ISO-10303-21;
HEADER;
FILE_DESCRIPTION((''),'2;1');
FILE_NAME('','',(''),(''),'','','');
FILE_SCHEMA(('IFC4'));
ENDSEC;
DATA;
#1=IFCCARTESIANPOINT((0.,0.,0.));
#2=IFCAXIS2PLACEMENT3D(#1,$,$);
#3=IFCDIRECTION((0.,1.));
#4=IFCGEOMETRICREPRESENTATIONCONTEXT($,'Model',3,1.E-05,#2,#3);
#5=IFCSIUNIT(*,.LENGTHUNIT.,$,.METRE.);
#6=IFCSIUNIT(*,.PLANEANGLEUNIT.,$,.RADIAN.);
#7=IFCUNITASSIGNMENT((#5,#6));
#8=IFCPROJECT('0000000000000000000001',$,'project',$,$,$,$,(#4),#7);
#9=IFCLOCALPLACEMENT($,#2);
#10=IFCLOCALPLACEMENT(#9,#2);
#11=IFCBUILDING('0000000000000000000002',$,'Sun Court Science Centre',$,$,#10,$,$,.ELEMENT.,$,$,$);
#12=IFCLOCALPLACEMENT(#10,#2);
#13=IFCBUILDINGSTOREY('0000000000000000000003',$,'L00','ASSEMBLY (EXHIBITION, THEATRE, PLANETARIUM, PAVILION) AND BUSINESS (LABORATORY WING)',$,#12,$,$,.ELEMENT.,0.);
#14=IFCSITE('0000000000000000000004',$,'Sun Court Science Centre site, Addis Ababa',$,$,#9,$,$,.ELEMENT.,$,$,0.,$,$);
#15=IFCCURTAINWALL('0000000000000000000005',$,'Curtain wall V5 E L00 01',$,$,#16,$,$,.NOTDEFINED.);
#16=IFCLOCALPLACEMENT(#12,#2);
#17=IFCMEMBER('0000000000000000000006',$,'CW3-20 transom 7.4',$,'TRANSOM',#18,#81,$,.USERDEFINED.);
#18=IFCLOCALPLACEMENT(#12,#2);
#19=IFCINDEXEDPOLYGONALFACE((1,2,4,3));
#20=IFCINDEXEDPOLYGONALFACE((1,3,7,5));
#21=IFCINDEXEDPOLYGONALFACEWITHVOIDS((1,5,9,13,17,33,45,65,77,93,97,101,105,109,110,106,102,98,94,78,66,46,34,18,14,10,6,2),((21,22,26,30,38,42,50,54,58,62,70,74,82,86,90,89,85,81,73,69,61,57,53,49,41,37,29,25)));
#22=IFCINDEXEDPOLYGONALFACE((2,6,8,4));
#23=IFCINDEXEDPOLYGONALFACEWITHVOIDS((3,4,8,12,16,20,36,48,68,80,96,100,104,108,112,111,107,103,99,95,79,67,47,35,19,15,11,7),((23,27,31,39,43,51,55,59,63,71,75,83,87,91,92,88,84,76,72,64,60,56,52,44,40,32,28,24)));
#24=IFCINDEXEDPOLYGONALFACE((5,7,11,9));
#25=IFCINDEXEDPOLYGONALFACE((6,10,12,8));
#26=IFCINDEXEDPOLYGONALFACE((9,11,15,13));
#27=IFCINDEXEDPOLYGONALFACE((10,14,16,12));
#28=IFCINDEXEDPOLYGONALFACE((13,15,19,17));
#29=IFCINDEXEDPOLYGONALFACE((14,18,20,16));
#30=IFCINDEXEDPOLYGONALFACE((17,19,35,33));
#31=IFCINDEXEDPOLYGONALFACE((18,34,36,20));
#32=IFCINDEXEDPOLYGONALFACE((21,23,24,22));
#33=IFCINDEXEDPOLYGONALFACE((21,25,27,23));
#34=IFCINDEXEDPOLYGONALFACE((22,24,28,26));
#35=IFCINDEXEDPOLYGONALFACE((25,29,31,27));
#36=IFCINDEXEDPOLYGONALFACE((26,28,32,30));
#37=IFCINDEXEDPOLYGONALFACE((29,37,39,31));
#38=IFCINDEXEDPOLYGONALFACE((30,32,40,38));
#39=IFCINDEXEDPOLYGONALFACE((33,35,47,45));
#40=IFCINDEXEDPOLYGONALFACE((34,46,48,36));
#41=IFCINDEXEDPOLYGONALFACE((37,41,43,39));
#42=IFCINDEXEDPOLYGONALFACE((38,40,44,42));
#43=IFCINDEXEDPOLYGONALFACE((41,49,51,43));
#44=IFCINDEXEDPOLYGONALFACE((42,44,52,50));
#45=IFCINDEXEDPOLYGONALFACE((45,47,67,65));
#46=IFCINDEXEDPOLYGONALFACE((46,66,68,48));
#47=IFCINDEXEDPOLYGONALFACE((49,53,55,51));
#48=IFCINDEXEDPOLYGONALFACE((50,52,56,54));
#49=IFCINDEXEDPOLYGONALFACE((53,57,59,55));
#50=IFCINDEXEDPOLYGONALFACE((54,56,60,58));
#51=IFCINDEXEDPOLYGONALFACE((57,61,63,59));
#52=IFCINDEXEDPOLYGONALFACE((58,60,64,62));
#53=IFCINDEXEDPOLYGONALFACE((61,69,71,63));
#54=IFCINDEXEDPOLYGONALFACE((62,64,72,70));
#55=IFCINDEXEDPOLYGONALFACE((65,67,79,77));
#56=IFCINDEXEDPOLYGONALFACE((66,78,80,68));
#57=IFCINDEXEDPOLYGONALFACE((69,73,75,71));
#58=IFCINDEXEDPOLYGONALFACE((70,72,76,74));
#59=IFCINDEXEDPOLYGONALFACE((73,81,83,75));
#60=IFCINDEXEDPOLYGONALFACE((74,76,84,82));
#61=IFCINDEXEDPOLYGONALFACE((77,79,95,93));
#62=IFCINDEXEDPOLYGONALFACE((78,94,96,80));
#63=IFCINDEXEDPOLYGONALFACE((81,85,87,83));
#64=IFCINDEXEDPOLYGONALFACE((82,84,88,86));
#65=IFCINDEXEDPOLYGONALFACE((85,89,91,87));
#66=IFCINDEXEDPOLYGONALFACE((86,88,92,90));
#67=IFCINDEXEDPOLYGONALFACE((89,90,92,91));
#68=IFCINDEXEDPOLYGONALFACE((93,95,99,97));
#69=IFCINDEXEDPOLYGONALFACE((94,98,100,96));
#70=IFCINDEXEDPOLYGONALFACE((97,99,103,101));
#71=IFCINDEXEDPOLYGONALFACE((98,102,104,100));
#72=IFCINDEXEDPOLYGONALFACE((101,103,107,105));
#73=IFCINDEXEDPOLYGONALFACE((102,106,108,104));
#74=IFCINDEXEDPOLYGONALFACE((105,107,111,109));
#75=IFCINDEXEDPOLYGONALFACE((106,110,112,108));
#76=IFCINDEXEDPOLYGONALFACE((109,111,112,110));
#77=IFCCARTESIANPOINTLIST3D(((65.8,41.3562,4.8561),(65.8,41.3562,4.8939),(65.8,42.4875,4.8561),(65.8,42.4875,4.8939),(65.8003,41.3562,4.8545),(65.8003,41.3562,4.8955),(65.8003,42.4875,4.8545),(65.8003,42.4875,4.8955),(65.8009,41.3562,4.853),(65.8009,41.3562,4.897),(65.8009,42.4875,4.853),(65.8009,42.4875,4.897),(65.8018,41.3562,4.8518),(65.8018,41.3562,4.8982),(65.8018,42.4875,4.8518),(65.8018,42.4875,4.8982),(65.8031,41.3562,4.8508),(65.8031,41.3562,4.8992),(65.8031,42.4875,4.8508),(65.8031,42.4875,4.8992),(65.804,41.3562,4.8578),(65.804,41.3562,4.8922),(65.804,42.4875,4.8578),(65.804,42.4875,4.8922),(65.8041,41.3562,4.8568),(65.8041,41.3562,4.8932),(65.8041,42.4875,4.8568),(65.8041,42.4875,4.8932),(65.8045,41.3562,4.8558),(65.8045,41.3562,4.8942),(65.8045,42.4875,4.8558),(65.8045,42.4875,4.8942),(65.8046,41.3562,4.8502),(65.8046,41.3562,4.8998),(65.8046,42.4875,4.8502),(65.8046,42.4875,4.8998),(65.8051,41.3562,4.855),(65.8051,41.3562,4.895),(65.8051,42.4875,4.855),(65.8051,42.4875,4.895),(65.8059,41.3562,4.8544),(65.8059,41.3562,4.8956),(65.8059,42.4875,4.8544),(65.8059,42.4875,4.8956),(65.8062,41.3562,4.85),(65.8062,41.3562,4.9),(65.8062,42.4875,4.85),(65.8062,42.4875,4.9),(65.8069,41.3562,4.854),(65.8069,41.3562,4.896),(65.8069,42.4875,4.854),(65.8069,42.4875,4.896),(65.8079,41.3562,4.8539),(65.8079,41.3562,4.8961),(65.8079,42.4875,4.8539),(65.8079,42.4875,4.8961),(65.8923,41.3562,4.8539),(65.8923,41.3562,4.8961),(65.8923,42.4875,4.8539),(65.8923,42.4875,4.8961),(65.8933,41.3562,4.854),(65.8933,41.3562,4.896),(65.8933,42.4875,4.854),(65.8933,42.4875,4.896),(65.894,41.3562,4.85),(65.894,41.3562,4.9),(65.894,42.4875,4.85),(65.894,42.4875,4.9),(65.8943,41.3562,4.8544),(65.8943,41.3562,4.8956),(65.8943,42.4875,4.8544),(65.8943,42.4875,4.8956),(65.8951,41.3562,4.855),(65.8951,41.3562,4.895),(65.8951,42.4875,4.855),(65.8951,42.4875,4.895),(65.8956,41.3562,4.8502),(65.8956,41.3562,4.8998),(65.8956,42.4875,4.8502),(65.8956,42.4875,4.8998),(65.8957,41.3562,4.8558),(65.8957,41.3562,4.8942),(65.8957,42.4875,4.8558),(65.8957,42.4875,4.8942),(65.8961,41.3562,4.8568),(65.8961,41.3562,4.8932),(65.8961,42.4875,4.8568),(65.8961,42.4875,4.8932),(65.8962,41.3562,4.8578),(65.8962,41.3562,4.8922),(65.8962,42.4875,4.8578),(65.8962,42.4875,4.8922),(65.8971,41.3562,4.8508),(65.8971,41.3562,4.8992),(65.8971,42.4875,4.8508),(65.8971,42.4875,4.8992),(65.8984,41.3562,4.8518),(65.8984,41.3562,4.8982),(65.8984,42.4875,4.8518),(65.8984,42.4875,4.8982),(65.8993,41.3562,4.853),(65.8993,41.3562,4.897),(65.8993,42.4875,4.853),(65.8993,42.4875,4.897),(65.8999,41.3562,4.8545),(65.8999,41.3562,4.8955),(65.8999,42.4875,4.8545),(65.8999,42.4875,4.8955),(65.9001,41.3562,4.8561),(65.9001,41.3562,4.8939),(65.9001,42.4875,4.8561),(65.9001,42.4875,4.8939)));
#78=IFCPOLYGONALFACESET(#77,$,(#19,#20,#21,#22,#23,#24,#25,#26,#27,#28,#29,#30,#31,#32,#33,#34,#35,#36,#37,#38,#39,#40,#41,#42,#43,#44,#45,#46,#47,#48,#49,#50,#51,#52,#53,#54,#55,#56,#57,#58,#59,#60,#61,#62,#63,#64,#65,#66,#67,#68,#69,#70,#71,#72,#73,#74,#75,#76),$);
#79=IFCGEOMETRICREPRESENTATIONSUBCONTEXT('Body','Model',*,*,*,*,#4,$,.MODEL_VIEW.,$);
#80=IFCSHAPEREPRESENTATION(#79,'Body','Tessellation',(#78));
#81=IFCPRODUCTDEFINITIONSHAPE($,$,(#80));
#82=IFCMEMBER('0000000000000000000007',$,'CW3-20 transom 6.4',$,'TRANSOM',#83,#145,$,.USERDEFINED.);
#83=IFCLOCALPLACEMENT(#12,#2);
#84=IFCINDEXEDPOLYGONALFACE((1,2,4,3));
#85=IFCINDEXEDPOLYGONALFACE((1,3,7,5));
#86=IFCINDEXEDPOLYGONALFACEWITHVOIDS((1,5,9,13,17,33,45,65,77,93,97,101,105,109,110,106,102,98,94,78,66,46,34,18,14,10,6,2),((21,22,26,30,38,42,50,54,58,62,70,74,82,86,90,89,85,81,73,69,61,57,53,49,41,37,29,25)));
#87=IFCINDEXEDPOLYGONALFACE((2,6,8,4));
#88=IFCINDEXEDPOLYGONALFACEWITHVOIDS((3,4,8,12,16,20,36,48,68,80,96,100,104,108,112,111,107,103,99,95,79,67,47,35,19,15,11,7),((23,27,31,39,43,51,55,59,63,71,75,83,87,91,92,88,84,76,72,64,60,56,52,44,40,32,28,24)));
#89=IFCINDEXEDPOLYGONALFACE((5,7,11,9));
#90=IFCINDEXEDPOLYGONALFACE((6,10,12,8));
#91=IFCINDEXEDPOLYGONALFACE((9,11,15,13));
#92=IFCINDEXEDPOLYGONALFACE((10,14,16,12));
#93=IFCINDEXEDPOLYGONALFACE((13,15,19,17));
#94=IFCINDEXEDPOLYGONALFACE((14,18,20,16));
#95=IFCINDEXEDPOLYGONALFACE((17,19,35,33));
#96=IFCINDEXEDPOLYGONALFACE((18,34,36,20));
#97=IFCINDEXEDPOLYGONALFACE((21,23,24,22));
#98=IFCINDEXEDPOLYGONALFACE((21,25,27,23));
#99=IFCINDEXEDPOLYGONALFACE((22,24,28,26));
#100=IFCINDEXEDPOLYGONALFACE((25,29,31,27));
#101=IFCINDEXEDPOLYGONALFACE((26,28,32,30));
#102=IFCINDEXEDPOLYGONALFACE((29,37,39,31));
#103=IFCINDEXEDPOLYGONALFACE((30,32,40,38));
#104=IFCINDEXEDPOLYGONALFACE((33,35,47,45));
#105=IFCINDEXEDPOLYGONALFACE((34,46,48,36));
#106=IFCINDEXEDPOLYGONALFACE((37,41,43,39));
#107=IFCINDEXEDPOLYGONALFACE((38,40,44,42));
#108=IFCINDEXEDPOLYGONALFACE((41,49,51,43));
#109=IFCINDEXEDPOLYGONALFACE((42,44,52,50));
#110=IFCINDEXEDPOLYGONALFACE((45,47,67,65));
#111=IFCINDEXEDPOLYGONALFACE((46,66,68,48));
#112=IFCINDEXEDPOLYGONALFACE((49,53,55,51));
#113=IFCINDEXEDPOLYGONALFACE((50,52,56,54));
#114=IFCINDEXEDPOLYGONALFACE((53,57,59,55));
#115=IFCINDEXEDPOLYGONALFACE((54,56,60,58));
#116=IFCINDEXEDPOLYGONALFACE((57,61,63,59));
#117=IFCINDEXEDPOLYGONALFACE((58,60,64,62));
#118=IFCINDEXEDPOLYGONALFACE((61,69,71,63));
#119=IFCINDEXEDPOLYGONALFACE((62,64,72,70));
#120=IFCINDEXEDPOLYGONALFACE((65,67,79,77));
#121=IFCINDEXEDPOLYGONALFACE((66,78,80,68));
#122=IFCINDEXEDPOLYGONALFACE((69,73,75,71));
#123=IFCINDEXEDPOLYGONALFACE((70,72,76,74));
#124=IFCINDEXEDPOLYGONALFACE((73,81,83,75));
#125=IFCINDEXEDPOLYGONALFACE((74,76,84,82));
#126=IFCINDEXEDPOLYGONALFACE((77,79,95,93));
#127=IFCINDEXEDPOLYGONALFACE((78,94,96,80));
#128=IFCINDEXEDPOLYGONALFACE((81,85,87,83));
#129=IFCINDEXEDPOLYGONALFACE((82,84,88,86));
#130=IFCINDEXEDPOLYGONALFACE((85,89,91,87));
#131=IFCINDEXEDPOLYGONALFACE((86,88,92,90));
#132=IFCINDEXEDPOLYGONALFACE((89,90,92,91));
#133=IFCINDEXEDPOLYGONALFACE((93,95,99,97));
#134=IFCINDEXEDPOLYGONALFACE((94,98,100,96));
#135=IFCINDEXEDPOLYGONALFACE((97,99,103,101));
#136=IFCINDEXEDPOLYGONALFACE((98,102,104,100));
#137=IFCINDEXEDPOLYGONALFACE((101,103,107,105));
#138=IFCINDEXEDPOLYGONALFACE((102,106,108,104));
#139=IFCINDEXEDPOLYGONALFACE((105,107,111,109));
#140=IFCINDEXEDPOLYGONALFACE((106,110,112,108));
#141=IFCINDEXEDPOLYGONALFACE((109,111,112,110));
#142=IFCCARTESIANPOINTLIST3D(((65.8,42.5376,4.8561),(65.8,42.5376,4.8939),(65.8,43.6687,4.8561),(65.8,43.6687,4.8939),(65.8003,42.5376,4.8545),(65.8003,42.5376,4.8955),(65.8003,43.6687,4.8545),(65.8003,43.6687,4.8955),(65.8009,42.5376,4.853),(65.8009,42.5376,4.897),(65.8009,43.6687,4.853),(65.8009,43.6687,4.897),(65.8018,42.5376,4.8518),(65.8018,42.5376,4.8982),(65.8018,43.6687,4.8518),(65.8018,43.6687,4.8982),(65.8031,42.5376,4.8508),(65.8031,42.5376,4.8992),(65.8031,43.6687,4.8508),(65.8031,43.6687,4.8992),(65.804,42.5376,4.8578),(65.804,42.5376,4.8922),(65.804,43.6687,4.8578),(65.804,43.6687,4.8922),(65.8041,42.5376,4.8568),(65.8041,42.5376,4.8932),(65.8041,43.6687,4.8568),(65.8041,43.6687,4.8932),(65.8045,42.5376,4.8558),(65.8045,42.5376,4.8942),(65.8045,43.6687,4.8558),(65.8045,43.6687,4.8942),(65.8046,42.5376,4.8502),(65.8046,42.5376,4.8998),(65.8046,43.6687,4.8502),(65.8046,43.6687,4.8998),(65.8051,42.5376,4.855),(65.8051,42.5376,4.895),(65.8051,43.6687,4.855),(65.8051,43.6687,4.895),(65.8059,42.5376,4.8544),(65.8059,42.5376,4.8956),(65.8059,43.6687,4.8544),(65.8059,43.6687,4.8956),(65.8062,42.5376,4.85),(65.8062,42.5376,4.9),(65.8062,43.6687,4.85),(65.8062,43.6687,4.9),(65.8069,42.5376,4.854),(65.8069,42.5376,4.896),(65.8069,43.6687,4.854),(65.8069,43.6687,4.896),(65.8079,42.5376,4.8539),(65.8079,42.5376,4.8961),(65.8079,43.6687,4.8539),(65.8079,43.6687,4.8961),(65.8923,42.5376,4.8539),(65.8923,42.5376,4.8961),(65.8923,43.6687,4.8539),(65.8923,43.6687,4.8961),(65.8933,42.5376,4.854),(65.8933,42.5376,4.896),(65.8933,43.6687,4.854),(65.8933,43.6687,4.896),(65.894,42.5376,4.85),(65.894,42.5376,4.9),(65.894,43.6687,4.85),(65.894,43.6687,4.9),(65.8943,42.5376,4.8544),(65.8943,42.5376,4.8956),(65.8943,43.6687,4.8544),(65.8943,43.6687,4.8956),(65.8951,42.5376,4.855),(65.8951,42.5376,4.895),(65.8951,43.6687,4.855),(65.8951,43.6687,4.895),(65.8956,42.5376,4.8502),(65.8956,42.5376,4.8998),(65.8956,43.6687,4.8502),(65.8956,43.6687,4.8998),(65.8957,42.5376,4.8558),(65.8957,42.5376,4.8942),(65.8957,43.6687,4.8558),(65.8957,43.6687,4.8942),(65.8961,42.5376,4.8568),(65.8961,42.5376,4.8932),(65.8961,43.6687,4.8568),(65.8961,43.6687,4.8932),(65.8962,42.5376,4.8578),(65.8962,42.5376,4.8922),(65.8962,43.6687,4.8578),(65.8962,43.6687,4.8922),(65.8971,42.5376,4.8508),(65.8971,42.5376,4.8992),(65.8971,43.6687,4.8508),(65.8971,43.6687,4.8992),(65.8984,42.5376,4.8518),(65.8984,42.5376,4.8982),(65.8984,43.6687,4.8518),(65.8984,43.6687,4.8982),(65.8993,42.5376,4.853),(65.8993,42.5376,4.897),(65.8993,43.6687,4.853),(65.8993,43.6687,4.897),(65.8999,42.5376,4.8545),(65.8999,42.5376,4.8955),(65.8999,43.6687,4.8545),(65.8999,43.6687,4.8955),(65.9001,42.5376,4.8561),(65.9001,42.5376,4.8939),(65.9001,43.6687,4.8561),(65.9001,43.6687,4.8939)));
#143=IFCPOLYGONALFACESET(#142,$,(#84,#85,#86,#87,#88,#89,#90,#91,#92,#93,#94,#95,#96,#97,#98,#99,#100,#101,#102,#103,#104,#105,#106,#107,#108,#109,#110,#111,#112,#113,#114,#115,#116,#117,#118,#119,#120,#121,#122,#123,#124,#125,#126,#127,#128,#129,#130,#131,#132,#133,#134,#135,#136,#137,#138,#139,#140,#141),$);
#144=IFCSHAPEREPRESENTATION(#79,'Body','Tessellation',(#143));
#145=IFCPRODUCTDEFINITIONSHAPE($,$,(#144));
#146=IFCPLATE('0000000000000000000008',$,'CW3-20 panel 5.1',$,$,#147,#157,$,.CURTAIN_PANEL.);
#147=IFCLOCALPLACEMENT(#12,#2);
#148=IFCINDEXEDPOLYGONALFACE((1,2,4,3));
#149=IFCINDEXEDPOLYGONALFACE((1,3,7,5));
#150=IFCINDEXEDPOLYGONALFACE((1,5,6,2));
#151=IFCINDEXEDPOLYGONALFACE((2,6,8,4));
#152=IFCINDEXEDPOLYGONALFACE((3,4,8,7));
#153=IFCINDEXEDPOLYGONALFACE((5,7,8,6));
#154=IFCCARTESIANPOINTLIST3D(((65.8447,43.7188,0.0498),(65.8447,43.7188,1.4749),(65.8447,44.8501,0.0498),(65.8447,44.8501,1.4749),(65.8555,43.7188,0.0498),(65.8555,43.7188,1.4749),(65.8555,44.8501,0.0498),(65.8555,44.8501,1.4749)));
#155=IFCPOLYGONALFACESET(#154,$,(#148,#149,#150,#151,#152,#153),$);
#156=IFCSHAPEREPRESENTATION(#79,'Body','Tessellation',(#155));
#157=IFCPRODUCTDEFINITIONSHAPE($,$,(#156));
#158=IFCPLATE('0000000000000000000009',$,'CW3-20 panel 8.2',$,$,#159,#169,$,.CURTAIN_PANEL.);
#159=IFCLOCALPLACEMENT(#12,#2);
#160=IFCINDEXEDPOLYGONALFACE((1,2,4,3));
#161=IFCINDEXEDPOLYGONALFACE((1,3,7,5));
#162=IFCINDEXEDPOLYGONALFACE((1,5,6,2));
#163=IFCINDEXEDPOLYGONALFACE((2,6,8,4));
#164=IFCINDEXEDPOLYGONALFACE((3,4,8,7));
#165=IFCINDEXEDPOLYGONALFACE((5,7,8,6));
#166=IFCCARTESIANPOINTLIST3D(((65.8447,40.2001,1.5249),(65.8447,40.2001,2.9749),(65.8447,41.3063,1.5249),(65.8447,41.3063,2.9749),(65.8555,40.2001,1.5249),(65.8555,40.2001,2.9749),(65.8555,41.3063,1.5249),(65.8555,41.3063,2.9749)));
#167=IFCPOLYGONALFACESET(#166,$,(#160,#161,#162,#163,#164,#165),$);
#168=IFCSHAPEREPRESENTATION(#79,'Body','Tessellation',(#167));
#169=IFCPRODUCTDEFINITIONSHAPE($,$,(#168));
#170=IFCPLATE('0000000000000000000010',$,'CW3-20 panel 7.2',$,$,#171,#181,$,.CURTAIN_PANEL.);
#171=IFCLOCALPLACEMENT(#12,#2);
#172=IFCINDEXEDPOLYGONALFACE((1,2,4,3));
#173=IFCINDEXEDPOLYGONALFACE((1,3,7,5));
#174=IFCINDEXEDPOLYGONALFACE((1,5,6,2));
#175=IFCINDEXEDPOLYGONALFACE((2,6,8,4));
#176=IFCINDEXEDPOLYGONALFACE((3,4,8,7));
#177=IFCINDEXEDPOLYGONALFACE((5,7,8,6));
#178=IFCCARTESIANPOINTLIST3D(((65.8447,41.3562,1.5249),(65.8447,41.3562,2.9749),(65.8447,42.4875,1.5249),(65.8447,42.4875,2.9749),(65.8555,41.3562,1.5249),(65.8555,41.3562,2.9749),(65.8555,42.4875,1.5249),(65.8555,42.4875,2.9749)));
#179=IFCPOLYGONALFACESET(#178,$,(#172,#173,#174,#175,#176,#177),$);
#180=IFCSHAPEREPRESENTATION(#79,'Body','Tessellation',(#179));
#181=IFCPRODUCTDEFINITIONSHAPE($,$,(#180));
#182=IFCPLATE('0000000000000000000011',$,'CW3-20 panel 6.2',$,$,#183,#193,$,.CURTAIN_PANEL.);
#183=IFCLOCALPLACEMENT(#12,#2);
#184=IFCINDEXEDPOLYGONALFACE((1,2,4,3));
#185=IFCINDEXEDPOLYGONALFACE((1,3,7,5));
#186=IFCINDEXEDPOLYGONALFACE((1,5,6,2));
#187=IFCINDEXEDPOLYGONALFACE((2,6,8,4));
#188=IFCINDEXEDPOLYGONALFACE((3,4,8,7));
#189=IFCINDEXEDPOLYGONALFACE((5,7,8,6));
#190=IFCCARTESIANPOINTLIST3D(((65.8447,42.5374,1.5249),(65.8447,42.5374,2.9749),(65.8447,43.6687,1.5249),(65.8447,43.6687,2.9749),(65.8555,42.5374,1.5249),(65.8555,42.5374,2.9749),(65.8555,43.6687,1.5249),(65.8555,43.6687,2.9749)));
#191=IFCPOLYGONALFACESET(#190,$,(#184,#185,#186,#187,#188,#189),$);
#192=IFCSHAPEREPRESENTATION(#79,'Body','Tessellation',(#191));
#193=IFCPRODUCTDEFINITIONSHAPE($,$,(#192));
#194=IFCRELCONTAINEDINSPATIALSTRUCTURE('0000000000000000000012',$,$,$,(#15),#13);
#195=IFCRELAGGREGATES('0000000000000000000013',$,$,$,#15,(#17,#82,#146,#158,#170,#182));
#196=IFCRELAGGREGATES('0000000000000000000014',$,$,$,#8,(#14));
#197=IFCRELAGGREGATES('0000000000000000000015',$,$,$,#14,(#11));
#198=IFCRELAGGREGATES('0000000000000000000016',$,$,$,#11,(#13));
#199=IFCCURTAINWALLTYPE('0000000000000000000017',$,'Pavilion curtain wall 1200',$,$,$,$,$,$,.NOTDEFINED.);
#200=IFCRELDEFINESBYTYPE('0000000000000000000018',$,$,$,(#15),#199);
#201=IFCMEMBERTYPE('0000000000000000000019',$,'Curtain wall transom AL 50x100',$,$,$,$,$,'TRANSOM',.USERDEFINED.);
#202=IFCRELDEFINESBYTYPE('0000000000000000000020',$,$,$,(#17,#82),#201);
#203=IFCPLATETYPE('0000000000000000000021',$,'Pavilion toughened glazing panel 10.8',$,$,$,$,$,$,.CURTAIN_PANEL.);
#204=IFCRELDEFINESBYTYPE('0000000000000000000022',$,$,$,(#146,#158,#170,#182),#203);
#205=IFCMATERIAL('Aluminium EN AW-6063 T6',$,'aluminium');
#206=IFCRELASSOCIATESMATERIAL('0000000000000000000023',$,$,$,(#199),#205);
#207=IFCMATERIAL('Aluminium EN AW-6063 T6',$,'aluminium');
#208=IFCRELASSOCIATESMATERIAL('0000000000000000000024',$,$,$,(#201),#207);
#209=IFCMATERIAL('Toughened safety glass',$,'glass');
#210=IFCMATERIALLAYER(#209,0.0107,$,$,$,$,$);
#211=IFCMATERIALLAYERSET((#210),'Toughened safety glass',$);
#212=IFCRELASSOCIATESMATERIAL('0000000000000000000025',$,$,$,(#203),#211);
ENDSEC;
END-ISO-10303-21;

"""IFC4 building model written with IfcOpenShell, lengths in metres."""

from ifc_helpers import new_model, si_unit, direction, frame, origin, origin_2d, place, context, subcontext, project, spatial, rectangle, hollow_rectangle, extrude, material, layer, layer_set, material_profile, profile_set, type_object, element, aggregate, save


model = new_model("IFC4")

# Units and contexts
model_context = context("Model", 3, precision=1e-05, world=origin(), true_north=direction((0.0, 1.0)))
body_context = subcontext(model_context, "Body", "Model", "MODEL_VIEW")
ifc_project = project(units=[si_unit("LENGTHUNIT", "METRE"), si_unit("PLANEANGLEUNIT", "RADIAN")], contexts=[model_context])

# Site, building, storey
site_placement = place(None, origin())
site = spatial("IfcSite", under=ifc_project, at=site_placement, Name="Sun Court Science Centre site, Addis Ababa", CompositionType="ELEMENT", RefElevation=0.0)
building_placement = place(site_placement, origin())
building = spatial("IfcBuilding", under=site, at=building_placement, Name="Sun Court Science Centre", CompositionType="ELEMENT")
storey_placement = place(building_placement, origin())
storey = spatial("IfcBuildingStorey", under=building, at=storey_placement, Name="L00", Description="ASSEMBLY (EXHIBITION, THEATRE, PLANETARIUM, PAVILION) AND BUSINESS (LABORATORY WING)", CompositionType="ELEMENT", Elevation=0.0)

# Curtain wall, members, plates
ifc_material_1 = material(Name="Aluminium EN AW-6063 T6", Category="aluminium")
curtain_wall_type = type_object("IfcCurtainWallType", Name="Pavilion curtain wall 1200", PredefinedType="NOTDEFINED", material=ifc_material_1)
curtain_wall_placement = place(storey_placement, origin())
curtain_wall = element("IfcCurtainWall", 1, at=curtain_wall_placement, inside=storey, type_object=curtain_wall_type, Name="Curtain wall V5 E L00 01", PredefinedType="NOTDEFINED")
ifc_material_2 = material(Name="Aluminium EN AW-6063 T6", Category="aluminium")
ifc_material_profile = material_profile(ifc_material_2, hollow_rectangle(XDim=0.05, YDim=0.1001, WallThickness=0.0039, InnerFilletRadius=0.0039, OuterFilletRadius=0.0061, at=origin_2d()), Name="AL 50x100x4")
ifc_profile_set = profile_set([ifc_material_profile], Name="Aluminium EN AW-6063 T6")
member_type = type_object("IfcMemberType", Name="Curtain wall transom AL 50x100", ElementType="TRANSOM", PredefinedType="USERDEFINED", material=ifc_profile_set)
member_1_placement = place(storey_placement, frame((65.8501, 42.4875, 4.875), z_axis=(0.0, -1.0, 0.0), x_axis=(0.0, 0.0, 1.0)))
member_1 = element("IfcMember", 2, at=member_1_placement, type_object=member_type, Name="CW3-20 transom 7.4", ObjectType="TRANSOM", PredefinedType="USERDEFINED", context=body_context, shape_type="SweptSolid", body=[
    extrude(hollow_rectangle(XDim=0.05, YDim=0.1001, WallThickness=0.0039, InnerFilletRadius=0.0039, OuterFilletRadius=0.0061, at=origin_2d()), origin(), (0.0, 0.0, 1.0), 1.1313),
])
member_2_placement = place(storey_placement, frame((65.8501, 43.6687, 4.875), z_axis=(0.0, -1.0, 0.0), x_axis=(0.0, 0.0, 1.0)))
member_2 = element("IfcMember", 3, at=member_2_placement, type_object=member_type, Name="CW3-20 transom 6.4", ObjectType="TRANSOM", PredefinedType="USERDEFINED", context=body_context, shape_type="SweptSolid", body=[
    extrude(hollow_rectangle(XDim=0.05, YDim=0.1001, WallThickness=0.0039, InnerFilletRadius=0.0039, OuterFilletRadius=0.0061, at=origin_2d()), origin(), (0.0, 0.0, 1.0), 1.1311),
])
ifc_material_3 = material(Name="Toughened safety glass", Category="glass")
ifc_layer = layer(ifc_material_3, 0.0107)
ifc_layer_set = layer_set([ifc_layer], Name="Toughened safety glass")
plate_type = type_object("IfcPlateType", Name="Pavilion toughened glazing panel 10.8", PredefinedType="CURTAIN_PANEL", material=ifc_layer_set)
plate_1_placement = place(storey_placement, frame((65.8501, 44.2844, 0.0498), z_axis=(0.0, 0.0, 1.0), x_axis=(0.0, -1.0, 0.0)))
plate_1 = element("IfcPlate", 4, at=plate_1_placement, type_object=plate_type, Name="CW3-20 panel 5.1", PredefinedType="CURTAIN_PANEL", context=body_context, shape_type="SweptSolid", body=[
    extrude(rectangle(XDim=1.1313, YDim=0.0107, at=origin_2d()), origin(), (0.0, 0.0, 1.0), 1.425),
])
plate_2_placement = place(storey_placement, frame((65.8501, 40.7532, 1.5249), z_axis=(0.0, 0.0, 1.0), x_axis=(0.0, -1.0, 0.0)))
plate_2 = element("IfcPlate", 5, at=plate_2_placement, type_object=plate_type, Name="CW3-20 panel 8.2", PredefinedType="CURTAIN_PANEL", context=body_context, shape_type="SweptSolid", body=[
    extrude(rectangle(XDim=1.1062, YDim=0.0107, at=origin_2d()), origin(), (0.0, 0.0, 1.0), 1.45),
])
plate_3_placement = place(storey_placement, frame((65.8501, 41.9219, 1.5249), z_axis=(0.0, 0.0, 1.0), x_axis=(0.0, -1.0, 0.0)))
plate_3 = element("IfcPlate", 6, at=plate_3_placement, type_object=plate_type, Name="CW3-20 panel 7.2", PredefinedType="CURTAIN_PANEL", context=body_context, shape_type="SweptSolid", body=[
    extrude(rectangle(XDim=1.1313, YDim=0.0107, at=origin_2d()), origin(), (0.0, 0.0, 1.0), 1.45),
])
plate_4_placement = place(storey_placement, frame((65.8501, 43.103, 1.5249), z_axis=(0.0, 0.0, 1.0), x_axis=(0.0, -1.0, 0.0)))
plate_4 = element("IfcPlate", 7, at=plate_4_placement, type_object=plate_type, Name="CW3-20 panel 6.2", PredefinedType="CURTAIN_PANEL", context=body_context, shape_type="SweptSolid", body=[
    extrude(rectangle(XDim=1.1313, YDim=0.0107, at=origin_2d()), origin(), (0.0, 0.0, 1.0), 1.45),
])
aggregate(curtain_wall, [member_1, member_2, plate_1, plate_2, plate_3, plate_4])

save(model, "model.ifc")
